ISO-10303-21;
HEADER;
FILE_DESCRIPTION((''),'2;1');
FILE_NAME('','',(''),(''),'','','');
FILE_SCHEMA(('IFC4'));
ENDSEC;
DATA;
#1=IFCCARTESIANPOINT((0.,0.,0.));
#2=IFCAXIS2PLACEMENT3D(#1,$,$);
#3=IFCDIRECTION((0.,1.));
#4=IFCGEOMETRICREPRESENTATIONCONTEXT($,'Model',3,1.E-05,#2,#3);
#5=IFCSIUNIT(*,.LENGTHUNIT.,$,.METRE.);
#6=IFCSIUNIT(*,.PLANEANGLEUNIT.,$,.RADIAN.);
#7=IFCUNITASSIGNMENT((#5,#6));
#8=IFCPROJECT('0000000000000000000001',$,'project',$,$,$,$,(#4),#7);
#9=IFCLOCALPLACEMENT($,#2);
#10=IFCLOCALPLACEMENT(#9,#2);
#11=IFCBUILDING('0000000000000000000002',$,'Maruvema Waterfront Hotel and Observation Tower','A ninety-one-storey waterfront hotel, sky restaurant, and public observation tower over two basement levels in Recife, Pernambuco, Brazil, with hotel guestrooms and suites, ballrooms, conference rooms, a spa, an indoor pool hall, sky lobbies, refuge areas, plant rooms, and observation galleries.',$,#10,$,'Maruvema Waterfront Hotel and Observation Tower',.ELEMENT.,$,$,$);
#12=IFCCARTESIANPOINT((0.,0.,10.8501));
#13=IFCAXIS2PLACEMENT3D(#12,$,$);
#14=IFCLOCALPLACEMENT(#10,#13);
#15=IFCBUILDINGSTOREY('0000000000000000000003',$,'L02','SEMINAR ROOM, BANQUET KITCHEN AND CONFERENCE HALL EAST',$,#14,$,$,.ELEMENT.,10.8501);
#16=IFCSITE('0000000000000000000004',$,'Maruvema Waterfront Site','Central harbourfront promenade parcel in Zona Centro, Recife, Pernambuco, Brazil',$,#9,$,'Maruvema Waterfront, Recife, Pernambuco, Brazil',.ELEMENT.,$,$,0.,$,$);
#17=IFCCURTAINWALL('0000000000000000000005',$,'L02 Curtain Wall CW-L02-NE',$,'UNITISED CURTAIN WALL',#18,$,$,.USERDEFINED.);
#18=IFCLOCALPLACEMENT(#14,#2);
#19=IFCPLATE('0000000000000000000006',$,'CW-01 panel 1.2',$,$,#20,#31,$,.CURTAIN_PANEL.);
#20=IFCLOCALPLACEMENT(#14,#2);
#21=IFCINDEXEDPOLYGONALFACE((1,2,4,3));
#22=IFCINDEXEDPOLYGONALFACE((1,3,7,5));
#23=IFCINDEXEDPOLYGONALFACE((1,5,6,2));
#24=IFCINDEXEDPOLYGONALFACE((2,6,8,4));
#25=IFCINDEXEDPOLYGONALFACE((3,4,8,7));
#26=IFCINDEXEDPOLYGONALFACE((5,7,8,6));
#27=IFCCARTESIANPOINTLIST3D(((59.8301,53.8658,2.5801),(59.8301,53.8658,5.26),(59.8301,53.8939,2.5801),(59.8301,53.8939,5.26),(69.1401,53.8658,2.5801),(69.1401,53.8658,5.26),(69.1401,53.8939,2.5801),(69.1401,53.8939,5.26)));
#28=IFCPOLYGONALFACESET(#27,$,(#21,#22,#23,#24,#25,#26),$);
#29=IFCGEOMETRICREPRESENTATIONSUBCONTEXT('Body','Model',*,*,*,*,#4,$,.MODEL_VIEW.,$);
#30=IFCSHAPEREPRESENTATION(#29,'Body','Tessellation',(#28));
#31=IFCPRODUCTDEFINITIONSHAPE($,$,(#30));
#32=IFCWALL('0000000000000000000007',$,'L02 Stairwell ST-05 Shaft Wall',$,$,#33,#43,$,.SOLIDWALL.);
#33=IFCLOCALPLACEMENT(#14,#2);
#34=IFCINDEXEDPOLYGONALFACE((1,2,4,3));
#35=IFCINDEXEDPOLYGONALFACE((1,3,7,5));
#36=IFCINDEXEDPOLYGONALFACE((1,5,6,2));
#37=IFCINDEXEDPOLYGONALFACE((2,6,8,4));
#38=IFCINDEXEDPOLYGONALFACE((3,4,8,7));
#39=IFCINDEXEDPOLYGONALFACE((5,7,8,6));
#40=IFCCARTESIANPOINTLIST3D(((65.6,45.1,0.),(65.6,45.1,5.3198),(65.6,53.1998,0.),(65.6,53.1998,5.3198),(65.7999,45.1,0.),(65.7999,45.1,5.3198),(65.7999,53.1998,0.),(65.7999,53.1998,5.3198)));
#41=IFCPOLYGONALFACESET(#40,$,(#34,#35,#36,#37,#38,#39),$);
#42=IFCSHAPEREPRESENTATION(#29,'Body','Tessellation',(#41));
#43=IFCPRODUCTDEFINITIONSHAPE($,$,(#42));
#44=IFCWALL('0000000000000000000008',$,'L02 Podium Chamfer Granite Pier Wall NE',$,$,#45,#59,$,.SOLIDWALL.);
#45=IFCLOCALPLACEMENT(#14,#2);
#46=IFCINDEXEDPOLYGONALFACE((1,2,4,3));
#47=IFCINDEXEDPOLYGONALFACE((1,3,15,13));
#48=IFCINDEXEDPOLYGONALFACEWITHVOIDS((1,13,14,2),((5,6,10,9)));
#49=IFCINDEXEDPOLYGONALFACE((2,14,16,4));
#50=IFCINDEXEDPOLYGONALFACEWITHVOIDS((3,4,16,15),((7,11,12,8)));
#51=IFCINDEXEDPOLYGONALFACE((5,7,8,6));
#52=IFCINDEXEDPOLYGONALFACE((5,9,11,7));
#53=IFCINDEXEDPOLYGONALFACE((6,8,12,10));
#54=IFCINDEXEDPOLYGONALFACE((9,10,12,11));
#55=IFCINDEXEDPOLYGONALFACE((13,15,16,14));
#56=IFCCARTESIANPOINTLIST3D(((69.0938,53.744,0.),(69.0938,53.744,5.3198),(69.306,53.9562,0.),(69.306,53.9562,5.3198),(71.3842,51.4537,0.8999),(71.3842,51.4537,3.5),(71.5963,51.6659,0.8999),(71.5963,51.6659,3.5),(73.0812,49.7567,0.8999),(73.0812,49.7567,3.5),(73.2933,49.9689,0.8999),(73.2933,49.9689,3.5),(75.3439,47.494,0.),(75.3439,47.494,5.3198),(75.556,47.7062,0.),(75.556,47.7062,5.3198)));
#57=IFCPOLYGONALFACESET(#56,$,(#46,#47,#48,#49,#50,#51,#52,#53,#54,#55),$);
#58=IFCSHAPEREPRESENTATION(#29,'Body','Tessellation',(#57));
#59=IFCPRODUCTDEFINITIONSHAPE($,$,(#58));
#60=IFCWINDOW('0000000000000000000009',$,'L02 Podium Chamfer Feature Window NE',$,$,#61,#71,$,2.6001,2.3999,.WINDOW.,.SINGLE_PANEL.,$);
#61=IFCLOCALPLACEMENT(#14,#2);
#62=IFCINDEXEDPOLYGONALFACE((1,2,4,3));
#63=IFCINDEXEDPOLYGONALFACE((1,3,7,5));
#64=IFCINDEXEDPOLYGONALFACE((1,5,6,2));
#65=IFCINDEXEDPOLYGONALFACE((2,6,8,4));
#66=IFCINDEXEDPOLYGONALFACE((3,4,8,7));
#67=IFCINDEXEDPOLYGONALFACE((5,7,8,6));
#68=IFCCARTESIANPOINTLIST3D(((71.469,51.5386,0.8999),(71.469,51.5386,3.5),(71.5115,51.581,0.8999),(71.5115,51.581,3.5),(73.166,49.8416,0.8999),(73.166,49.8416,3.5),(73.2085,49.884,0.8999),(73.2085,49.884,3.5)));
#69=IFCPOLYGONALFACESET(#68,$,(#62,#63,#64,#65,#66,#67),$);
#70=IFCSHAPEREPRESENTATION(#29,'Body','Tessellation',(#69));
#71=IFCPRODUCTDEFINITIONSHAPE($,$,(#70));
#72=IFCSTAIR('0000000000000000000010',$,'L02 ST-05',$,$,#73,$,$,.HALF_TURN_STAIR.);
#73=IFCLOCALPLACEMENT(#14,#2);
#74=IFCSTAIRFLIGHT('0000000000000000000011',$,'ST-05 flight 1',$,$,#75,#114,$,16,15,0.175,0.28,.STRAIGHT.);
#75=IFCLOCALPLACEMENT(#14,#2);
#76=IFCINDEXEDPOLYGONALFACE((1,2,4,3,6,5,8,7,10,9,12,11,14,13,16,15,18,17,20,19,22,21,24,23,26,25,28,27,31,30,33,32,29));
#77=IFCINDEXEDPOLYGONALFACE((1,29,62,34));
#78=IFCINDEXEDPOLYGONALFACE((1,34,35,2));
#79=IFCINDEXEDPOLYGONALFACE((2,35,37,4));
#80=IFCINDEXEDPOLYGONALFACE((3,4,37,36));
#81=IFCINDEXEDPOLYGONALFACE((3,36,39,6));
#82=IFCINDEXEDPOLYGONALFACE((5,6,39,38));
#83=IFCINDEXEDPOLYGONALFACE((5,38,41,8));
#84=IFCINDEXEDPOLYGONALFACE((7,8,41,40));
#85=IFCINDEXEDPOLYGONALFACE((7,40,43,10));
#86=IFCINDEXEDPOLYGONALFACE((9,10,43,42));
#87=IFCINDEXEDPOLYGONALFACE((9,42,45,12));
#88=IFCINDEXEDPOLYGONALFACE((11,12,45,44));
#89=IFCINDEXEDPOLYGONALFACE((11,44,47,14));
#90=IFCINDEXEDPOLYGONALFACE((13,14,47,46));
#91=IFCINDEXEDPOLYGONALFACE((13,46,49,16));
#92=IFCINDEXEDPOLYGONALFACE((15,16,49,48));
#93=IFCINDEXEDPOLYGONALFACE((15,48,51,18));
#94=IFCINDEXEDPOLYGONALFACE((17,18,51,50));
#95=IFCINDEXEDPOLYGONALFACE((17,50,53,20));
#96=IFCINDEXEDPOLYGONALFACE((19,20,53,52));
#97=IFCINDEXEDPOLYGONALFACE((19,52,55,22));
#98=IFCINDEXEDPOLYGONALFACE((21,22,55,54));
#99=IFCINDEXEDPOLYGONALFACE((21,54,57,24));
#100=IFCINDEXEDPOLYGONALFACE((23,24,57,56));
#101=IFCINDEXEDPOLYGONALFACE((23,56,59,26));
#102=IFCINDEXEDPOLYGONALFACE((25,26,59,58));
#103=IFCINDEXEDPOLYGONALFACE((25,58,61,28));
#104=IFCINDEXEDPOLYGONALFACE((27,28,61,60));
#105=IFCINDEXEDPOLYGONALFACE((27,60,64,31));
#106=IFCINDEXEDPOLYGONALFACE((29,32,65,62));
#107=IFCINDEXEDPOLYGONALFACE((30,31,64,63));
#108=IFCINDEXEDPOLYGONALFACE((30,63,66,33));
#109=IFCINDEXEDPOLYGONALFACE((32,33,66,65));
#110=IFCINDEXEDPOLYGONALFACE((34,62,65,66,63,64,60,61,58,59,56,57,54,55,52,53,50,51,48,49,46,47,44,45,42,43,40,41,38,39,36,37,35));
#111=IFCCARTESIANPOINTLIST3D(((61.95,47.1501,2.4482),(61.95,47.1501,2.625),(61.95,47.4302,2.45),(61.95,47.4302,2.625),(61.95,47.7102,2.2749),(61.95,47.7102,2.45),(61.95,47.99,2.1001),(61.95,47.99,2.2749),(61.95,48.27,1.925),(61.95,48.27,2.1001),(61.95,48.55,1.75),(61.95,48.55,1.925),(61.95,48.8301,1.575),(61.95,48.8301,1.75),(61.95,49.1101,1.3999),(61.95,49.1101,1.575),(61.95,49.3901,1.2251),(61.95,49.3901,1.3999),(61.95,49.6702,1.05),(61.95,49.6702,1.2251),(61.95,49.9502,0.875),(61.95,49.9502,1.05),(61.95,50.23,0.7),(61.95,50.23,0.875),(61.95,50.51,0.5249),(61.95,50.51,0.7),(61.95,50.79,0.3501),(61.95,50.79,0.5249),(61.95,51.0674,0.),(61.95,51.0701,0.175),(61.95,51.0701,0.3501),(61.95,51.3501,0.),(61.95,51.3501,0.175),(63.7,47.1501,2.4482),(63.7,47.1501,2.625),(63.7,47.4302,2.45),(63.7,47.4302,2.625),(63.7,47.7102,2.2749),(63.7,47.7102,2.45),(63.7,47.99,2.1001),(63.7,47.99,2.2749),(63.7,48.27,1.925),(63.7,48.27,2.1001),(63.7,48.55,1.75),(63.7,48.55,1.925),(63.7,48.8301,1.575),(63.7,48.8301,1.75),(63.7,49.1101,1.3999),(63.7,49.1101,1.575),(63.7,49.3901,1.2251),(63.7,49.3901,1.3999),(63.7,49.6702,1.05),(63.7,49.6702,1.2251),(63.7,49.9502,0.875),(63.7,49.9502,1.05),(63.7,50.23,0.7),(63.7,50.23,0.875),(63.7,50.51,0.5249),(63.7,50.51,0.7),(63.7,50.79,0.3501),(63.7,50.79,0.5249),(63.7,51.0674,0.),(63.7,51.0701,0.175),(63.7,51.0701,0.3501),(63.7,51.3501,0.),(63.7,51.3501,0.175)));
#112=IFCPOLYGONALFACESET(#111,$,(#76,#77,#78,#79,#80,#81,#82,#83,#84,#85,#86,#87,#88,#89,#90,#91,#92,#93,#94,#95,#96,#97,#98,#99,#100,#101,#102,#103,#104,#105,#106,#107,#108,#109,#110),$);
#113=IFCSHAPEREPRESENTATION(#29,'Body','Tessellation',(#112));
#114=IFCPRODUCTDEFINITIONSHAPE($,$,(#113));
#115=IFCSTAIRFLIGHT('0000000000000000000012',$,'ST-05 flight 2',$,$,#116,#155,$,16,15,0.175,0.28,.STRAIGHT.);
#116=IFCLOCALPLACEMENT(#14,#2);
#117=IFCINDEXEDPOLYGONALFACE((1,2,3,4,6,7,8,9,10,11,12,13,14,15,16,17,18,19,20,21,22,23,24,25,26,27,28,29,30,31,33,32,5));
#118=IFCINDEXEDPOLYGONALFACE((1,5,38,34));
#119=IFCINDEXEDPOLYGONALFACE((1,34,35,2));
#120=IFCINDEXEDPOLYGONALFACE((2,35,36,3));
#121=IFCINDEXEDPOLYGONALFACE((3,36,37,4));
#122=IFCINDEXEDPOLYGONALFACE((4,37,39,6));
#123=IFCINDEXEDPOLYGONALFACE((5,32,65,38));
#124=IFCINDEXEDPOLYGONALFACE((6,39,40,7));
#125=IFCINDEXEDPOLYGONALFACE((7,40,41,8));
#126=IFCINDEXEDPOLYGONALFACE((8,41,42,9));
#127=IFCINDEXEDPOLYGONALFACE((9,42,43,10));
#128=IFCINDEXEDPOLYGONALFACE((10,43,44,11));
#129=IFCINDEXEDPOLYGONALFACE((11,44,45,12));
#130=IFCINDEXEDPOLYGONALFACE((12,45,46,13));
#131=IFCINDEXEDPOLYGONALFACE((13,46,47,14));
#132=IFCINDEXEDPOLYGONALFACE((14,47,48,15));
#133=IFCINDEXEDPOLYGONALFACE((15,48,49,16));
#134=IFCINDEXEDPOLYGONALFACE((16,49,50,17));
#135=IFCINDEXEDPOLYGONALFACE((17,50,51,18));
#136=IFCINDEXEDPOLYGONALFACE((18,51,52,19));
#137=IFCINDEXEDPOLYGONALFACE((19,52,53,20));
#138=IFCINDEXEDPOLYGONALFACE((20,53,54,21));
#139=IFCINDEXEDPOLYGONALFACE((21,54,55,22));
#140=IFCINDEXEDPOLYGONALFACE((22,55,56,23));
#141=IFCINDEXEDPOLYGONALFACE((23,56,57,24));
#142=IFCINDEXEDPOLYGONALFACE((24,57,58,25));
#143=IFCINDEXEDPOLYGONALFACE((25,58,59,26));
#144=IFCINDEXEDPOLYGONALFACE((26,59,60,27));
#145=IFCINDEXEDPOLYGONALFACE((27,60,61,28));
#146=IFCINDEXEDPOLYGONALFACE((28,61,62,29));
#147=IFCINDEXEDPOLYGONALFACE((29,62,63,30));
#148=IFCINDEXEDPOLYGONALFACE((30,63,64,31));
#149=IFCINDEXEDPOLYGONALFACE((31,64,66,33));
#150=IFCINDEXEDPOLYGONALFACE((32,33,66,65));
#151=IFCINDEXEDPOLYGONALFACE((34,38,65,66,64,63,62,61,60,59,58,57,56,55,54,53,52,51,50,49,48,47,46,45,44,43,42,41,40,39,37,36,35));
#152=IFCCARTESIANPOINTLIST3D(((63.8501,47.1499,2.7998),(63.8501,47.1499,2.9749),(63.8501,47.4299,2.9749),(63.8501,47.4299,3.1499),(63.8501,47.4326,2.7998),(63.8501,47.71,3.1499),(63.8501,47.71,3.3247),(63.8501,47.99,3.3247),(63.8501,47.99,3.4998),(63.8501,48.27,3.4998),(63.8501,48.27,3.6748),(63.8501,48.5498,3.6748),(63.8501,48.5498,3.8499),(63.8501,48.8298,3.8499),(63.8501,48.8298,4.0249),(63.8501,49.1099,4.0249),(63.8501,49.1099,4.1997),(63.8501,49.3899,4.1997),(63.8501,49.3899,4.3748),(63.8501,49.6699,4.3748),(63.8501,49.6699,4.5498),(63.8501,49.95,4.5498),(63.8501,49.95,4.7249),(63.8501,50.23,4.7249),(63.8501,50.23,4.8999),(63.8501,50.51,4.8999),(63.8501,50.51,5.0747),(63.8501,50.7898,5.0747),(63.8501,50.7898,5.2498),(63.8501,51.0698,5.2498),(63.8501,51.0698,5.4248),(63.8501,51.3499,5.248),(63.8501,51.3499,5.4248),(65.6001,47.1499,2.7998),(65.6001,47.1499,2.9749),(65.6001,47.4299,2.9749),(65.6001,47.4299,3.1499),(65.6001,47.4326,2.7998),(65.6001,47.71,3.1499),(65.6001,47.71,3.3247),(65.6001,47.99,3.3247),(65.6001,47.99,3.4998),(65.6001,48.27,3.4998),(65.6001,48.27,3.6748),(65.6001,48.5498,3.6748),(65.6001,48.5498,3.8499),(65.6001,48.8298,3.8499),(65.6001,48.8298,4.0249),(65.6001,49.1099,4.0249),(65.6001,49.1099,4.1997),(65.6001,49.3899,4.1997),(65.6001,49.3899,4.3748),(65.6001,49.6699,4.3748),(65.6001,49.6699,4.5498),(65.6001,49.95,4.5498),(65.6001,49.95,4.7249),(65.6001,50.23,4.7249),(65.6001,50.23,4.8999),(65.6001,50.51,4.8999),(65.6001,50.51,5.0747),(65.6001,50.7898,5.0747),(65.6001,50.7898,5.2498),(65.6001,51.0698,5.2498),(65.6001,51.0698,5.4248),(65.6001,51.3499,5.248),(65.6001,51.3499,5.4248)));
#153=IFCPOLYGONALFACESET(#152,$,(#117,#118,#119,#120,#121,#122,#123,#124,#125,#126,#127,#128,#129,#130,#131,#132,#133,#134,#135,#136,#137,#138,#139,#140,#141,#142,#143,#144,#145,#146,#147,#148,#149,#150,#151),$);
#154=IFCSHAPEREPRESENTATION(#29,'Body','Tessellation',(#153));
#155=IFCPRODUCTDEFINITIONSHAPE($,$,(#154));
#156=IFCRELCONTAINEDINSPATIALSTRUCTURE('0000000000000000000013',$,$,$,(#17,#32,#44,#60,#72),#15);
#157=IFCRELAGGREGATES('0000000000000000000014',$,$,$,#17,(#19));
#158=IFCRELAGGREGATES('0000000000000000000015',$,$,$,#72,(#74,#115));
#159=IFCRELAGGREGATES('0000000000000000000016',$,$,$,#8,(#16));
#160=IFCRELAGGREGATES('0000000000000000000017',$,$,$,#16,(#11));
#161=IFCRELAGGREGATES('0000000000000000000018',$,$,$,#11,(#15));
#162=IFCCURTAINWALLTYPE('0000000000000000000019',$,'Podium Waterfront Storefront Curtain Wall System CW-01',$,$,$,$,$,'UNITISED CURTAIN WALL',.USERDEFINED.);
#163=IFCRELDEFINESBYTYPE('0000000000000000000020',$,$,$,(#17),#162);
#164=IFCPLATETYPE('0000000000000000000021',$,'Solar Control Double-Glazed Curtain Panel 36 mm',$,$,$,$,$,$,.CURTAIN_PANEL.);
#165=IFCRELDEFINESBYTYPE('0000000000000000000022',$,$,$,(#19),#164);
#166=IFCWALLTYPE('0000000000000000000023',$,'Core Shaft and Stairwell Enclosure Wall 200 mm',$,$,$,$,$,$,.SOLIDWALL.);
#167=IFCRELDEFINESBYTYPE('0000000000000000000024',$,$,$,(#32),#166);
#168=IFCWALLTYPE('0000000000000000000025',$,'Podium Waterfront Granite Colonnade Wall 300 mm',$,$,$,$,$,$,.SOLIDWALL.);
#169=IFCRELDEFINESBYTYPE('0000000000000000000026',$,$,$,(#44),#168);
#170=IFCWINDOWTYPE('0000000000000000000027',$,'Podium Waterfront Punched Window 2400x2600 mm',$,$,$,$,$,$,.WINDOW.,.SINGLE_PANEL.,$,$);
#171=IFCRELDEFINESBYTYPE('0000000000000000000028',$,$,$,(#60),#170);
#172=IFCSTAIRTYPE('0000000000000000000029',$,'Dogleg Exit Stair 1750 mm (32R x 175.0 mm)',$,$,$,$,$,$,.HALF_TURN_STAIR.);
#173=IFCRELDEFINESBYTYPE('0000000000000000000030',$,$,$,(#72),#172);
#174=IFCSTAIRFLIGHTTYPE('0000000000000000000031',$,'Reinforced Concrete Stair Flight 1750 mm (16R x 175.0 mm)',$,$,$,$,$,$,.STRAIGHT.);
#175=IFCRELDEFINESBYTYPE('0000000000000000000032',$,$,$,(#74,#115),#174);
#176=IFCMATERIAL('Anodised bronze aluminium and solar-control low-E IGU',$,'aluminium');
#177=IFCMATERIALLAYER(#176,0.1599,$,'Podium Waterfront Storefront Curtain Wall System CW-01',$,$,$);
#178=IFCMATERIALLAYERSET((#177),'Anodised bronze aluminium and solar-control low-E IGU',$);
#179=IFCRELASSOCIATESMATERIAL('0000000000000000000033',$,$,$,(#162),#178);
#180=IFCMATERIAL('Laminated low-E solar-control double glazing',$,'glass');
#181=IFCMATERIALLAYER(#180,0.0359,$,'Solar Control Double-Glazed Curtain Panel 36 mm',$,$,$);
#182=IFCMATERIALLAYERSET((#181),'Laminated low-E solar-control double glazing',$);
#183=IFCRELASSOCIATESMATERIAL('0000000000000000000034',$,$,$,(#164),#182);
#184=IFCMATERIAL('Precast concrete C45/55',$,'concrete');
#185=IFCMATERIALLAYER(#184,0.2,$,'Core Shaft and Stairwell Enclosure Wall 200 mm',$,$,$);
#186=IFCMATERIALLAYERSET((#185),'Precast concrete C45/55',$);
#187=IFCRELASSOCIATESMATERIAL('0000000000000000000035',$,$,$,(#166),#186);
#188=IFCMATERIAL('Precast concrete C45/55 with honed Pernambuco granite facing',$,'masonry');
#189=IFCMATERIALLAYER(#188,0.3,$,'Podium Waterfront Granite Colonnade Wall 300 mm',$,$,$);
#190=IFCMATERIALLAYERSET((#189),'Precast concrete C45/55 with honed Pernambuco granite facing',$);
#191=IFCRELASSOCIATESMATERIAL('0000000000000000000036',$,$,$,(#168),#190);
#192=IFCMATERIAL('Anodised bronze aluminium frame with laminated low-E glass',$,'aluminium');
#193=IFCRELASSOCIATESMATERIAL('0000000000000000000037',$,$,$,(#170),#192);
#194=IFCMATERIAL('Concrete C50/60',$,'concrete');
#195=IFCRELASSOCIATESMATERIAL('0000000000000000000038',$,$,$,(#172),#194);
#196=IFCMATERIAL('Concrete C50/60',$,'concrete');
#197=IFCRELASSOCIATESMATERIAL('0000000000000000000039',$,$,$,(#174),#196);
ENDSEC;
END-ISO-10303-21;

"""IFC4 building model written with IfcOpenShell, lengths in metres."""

from ifc_helpers import new_model, si_unit, direction, frame, frame_2d, origin, origin_2d, place, context, subcontext, project, spatial, polyline, rectangle, outline, extrude, material, layer, layer_set, type_object, element, fill, aggregate, save


model = new_model("IFC4")

# Units and contexts
model_context = context("Model", 3, precision=1e-05, world=origin(), true_north=direction((0.0, 1.0)))
body_context = subcontext(model_context, "Body", "Model", "MODEL_VIEW")
ifc_project = project(units=[si_unit("LENGTHUNIT", "METRE"), si_unit("PLANEANGLEUNIT", "RADIAN")], contexts=[model_context])

# Site, building, storey
site_placement = place(None, origin())
site = spatial("IfcSite", under=ifc_project, at=site_placement, Name="Maruvema Waterfront Site", Description="Central harbourfront promenade parcel in Zona Centro, Recife, Pernambuco, Brazil", LongName="Maruvema Waterfront, Recife, Pernambuco, Brazil", CompositionType="ELEMENT", RefElevation=0.0)
building_placement = place(site_placement, origin())
building = spatial("IfcBuilding", under=site, at=building_placement, Name="Maruvema Waterfront Hotel and Observation Tower", Description="A ninety-one-storey waterfront hotel, sky restaurant, and public observation tower over two basement levels in Recife, Pernambuco, Brazil, with hotel guestrooms and suites, ballrooms, conference rooms, a spa, an indoor pool hall, sky lobbies, refuge areas, plant rooms, and observation galleries.", LongName="Maruvema Waterfront Hotel and Observation Tower", CompositionType="ELEMENT")
storey_placement = place(building_placement, frame((0.0, 0.0, 10.8501)))
storey = spatial("IfcBuildingStorey", under=building, at=storey_placement, Name="L02", Description="SEMINAR ROOM, BANQUET KITCHEN AND CONFERENCE HALL EAST", CompositionType="ELEMENT", Elevation=10.8501)

# Curtain wall
ifc_material_1 = material(Name="Anodised bronze aluminium and solar-control low-E IGU", Category="aluminium")
ifc_layer_1 = layer(ifc_material_1, 0.1599, Name="Podium Waterfront Storefront Curtain Wall System CW-01")
ifc_layer_set_1 = layer_set([ifc_layer_1], Name="Anodised bronze aluminium and solar-control low-E IGU")
curtain_wall_type = type_object("IfcCurtainWallType", Name="Podium Waterfront Storefront Curtain Wall System CW-01", ElementType="UNITISED CURTAIN WALL", PredefinedType="USERDEFINED", material=ifc_layer_set_1)
curtain_wall_1_placement = place(storey_placement, origin())
curtain_wall_1 = element("IfcCurtainWall", 1, at=curtain_wall_1_placement, inside=storey, type_object=curtain_wall_type, Name="L02 Curtain Wall CW-L02-NE", ObjectType="UNITISED CURTAIN WALL", PredefinedType="USERDEFINED")

# Plate
ifc_material_2 = material(Name="Laminated low-E solar-control double glazing", Category="glass")
ifc_layer_2 = layer(ifc_material_2, 0.0359, Name="Solar Control Double-Glazed Curtain Panel 36 mm")
ifc_layer_set_2 = layer_set([ifc_layer_2], Name="Laminated low-E solar-control double glazing")
plate_type = type_object("IfcPlateType", Name="Solar Control Double-Glazed Curtain Panel 36 mm", PredefinedType="CURTAIN_PANEL", material=ifc_layer_set_2)
plate_1_placement = place(storey_placement, frame((64.4851, 53.8799, 2.5801), z_axis=(0.0, 0.0, 1.0), x_axis=(-1.0, 0.0, 0.0)))
plate_1 = element("IfcPlate", 2, at=plate_1_placement, type_object=plate_type, Name="CW-01 panel 1.2", PredefinedType="CURTAIN_PANEL", context=body_context, shape_type="SweptSolid", body=[
    extrude(rectangle(XDim=9.3101, YDim=0.0281, at=origin_2d()), origin(), (0.0, 0.0, 1.0), 2.6799),
])
aggregate(curtain_wall_1, [plate_1])

# Wall
ifc_material_3 = material(Name="Precast concrete C45/55", Category="concrete")
ifc_layer_3 = layer(ifc_material_3, 0.2, Name="Core Shaft and Stairwell Enclosure Wall 200 mm")
ifc_layer_set_3 = layer_set([ifc_layer_3], Name="Precast concrete C45/55")
wall_type_1 = type_object("IfcWallType", Name="Core Shaft and Stairwell Enclosure Wall 200 mm", PredefinedType="SOLIDWALL", material=ifc_layer_set_3)
wall_1_placement = place(storey_placement, frame((65.7, 45.1001, 0.0), z_axis=(0.0, 0.0, 1.0), x_axis=(0.0, 1.0, 0.0)))
element("IfcWall", 3, at=wall_1_placement, inside=storey, type_object=wall_type_1, Name="L02 Stairwell ST-05 Shaft Wall", PredefinedType="SOLIDWALL", context=body_context, shape_type="SweptSolid", body=[
    extrude(rectangle(XDim=8.0999, YDim=0.2, at=frame_2d((4.0498, 0.0))), origin(), (0.0, 0.0, 1.0), 5.3198),
])

# Wall, opening, window
ifc_material_4 = material(Name="Precast concrete C45/55 with honed Pernambuco granite facing", Category="masonry")
ifc_layer_4 = layer(ifc_material_4, 0.3, Name="Podium Waterfront Granite Colonnade Wall 300 mm")
ifc_layer_set_4 = layer_set([ifc_layer_4], Name="Precast concrete C45/55 with honed Pernambuco granite facing")
wall_type_2 = type_object("IfcWallType", Name="Podium Waterfront Granite Colonnade Wall 300 mm", PredefinedType="SOLIDWALL", material=ifc_layer_set_4)
wall_2_placement = place(storey_placement, frame((75.45, 47.6001, 0.0), z_axis=(0.0, 0.0, 1.0), x_axis=(-0.707107, 0.707107, 0.0)))
wall_2 = element("IfcWall", 4, at=wall_2_placement, inside=storey, type_object=wall_type_2, Name="L02 Podium Chamfer Granite Pier Wall NE", PredefinedType="SOLIDWALL", context=body_context, shape_type="SweptSolid", body=[
    extrude(rectangle(XDim=8.8389, YDim=0.3, at=frame_2d((4.4194, 0.0))), origin(), (0.0, 0.0, 1.0), 5.3198),
])
opening_placement = place(wall_2_placement, frame((3.2, 0.0, 0.8999)))
opening = element("IfcOpeningElement", 5, at=opening_placement, cuts=wall_2, PredefinedType="OPENING", context=body_context, shape_type="SweptSolid", body=[
    extrude(rectangle(XDim=2.3999, YDim=2.6001, at=frame_2d((1.2, 1.3))), frame((0.0, 0.1602, 0.0), z_axis=(0.0, -1.0, 0.0), x_axis=(1.0, 0.0, 0.0)), (0.0, 0.0, 1.0), 0.3201),
])
ifc_material_5 = material(Name="Anodised bronze aluminium frame with laminated low-E glass", Category="aluminium")
window_type = type_object("IfcWindowType", Name="Podium Waterfront Punched Window 2400x2600 mm", PartitioningType="SINGLE_PANEL", PredefinedType="WINDOW", material=ifc_material_5)
window_placement = place(opening_placement, origin())
window = element("IfcWindow", 6, at=window_placement, inside=storey, type_object=window_type, Name="L02 Podium Chamfer Feature Window NE", OverallHeight=2.6001, OverallWidth=2.3999, PartitioningType="SINGLE_PANEL", PredefinedType="WINDOW", context=body_context, shape_type="SweptSolid", body=[
    extrude(rectangle(XDim=2.3999, YDim=2.6001, at=frame_2d((1.2, 1.3))), frame((0.0, 0.03, 0.0), z_axis=(0.0, -1.0, 0.0), x_axis=(1.0, 0.0, 0.0)), (0.0, 0.0, 1.0), 0.0601),
])
fill(opening, window)

# Stair, stair flights
ifc_material_6 = material(Name="Concrete C50/60", Category="concrete")
stair_type = type_object("IfcStairType", Name="Dogleg Exit Stair 1750 mm (32R x 175.0 mm)", PredefinedType="HALF_TURN_STAIR", material=ifc_material_6)
stair_placement = place(storey_placement, origin())
stair = element("IfcStair", 7, at=stair_placement, inside=storey, type_object=stair_type, Name="L02 ST-05", PredefinedType="HALF_TURN_STAIR")
ifc_material_7 = material(Name="Concrete C50/60", Category="concrete")
stair_flight_type = type_object("IfcStairFlightType", Name="Reinforced Concrete Stair Flight 1750 mm (16R x 175.0 mm)", PredefinedType="STRAIGHT", material=ifc_material_7)
stair_flight_1_placement = place(storey_placement, frame((62.825, 51.3501, 0.0), z_axis=(0.0, 0.0, 1.0), x_axis=(0.0, -1.0, 0.0)))
stair_flight_1 = element("IfcStairFlight", 8, at=stair_flight_1_placement, type_object=stair_flight_type, Name="ST-05 flight 1", NumberOfRisers=16, NumberOfTreads=15, PredefinedType="STRAIGHT", RiserHeight=0.175, TreadLength=0.28, context=body_context, shape_type="SweptSolid", body=[
    extrude(outline(polyline([(0.0, 0.0), (0.0, 0.175), (0.28, 0.175), (0.28, 0.3501), (0.5601, 0.3501), (0.5601, 0.5249), (0.8401, 0.5249), (0.8401, 0.7), (1.1201, 0.7), (1.1201, 0.875), (1.3999, 0.875), (1.3999, 1.05), (1.6799, 1.05), (1.6799, 1.2251), (1.96, 1.2251), (1.96, 1.3999), (2.24, 1.3999), (2.24, 1.575), (2.52, 1.575), (2.52, 1.75), (2.8, 1.75), (2.8, 1.925), (3.0801, 1.925), (3.0801, 2.1001), (3.3601, 2.1001), (3.3601, 2.2749), (3.6399, 2.2749), (3.6399, 2.45), (3.9199, 2.45), (3.9199, 2.625), (4.2, 2.625), (4.2, 2.8), (4.2, 2.4482), (0.2827, 0.0), (0.0, 0.0)])), frame((0.0, 0.875, 0.0), z_axis=(0.0, -1.0, 0.0), x_axis=(1.0, 0.0, 0.0)), (0.0, 0.0, 1.0), 1.75),
])
stair_flight_2_placement = place(storey_placement, frame((64.7251, 47.1499, 2.7998), z_axis=(0.0, 0.0, 1.0), x_axis=(0.0, 1.0, 0.0)))
stair_flight_2 = element("IfcStairFlight", 9, at=stair_flight_2_placement, type_object=stair_flight_type, Name="ST-05 flight 2", NumberOfRisers=16, NumberOfTreads=15, PredefinedType="STRAIGHT", RiserHeight=0.175, TreadLength=0.28, context=body_context, shape_type="SweptSolid", body=[
    extrude(outline(polyline([(0.0, 0.0), (0.0, 0.175), (0.28, 0.175), (0.28, 0.3501), (0.5601, 0.3501), (0.5601, 0.5249), (0.8401, 0.5249), (0.8401, 0.7), (1.1201, 0.7), (1.1201, 0.875), (1.3999, 0.875), (1.3999, 1.05), (1.6799, 1.05), (1.6799, 1.2251), (1.96, 1.2251), (1.96, 1.3999), (2.24, 1.3999), (2.24, 1.575), (2.52, 1.575), (2.52, 1.75), (2.8, 1.75), (2.8, 1.925), (3.0801, 1.925), (3.0801, 2.1001), (3.3601, 2.1001), (3.3601, 2.2749), (3.6399, 2.2749), (3.6399, 2.45), (3.9199, 2.45), (3.9199, 2.625), (4.2, 2.625), (4.2, 2.8), (4.2, 2.4482), (0.2827, 0.0), (0.0, 0.0)])), frame((0.0, 0.875, 0.0), z_axis=(0.0, -1.0, 0.0), x_axis=(1.0, 0.0, 0.0)), (0.0, 0.0, 1.0), 1.75),
])
aggregate(stair, [stair_flight_1, stair_flight_2])

save(model, "model.ifc")
